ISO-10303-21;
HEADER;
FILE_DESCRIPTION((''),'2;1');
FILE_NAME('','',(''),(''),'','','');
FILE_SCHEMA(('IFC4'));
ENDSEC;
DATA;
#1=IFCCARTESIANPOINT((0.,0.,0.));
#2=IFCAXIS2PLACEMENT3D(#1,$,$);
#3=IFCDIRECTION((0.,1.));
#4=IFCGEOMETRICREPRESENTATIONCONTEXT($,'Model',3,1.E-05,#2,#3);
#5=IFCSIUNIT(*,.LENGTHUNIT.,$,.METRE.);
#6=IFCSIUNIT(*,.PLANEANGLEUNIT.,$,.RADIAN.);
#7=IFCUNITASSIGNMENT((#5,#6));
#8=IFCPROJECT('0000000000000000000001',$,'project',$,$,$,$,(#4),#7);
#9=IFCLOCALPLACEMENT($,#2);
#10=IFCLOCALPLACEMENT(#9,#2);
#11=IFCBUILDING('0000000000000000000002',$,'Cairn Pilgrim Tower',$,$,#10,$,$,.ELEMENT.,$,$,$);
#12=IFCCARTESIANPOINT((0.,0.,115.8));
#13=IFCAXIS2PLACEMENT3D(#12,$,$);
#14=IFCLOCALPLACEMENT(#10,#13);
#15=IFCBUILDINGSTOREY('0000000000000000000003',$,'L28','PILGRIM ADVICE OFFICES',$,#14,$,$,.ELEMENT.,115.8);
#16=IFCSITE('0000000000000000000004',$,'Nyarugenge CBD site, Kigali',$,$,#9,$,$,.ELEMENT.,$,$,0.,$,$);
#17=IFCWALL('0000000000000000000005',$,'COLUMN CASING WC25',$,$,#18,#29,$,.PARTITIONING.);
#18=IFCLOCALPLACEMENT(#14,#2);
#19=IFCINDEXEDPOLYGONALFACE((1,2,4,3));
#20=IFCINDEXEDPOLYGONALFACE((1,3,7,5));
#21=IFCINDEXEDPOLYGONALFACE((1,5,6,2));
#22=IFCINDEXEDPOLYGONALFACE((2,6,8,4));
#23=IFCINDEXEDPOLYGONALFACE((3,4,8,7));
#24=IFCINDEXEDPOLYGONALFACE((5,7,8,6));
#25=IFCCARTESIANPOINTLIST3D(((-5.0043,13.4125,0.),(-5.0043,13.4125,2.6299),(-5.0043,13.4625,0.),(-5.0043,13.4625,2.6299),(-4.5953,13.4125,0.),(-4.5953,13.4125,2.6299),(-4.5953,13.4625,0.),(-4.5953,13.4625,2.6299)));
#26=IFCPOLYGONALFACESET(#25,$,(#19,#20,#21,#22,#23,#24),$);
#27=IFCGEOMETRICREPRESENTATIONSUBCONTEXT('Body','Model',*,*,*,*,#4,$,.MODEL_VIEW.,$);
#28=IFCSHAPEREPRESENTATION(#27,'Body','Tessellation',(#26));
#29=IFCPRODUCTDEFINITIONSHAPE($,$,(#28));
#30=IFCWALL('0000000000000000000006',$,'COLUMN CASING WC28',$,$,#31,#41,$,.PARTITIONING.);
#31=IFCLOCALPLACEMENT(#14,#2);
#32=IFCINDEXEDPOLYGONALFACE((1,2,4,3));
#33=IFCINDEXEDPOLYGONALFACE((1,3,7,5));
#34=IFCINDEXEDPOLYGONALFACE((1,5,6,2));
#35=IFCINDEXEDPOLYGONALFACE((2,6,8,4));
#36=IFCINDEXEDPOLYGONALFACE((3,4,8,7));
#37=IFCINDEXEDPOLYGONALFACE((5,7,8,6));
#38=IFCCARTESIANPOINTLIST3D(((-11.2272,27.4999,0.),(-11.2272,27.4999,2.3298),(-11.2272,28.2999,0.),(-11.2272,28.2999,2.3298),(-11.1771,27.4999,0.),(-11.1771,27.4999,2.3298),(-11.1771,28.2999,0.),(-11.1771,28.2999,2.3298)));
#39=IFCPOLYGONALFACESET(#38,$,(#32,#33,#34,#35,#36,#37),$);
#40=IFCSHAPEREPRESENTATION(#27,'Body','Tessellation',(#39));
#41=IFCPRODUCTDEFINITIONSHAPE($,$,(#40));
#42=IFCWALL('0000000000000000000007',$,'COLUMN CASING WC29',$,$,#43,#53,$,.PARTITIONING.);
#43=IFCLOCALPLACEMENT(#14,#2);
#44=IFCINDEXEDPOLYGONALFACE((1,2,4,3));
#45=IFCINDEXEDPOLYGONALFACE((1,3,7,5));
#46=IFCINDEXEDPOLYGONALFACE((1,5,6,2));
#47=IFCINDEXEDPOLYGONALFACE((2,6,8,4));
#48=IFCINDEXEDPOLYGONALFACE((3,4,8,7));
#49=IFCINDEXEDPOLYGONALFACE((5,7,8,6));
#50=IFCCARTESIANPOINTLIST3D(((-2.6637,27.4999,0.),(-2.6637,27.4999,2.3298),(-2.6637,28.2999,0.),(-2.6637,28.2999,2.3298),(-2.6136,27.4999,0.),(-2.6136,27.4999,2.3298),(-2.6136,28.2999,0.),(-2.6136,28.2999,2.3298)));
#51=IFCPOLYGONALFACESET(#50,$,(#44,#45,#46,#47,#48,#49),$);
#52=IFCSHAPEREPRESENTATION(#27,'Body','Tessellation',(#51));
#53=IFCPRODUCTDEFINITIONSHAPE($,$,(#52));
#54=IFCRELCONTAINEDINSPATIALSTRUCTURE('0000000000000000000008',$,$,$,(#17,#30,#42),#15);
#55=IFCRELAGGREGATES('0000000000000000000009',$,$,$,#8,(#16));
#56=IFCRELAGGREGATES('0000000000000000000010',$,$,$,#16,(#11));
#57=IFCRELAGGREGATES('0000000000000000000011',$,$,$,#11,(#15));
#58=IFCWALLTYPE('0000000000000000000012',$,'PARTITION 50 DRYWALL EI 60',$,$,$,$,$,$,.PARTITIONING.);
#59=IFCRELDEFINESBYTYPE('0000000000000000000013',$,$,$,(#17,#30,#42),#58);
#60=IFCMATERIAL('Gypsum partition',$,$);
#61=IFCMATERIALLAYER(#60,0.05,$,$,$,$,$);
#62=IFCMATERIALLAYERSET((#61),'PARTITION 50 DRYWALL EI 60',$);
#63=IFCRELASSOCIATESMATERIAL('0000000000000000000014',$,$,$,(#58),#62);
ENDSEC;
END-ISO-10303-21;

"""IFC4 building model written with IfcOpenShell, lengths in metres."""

from ifc_helpers import new_model, si_unit, direction, frame, frame_2d, origin, place, context, subcontext, project, spatial, rectangle, extrude, material, layer, layer_set, type_object, element, save


model = new_model("IFC4")

# Units and contexts
model_context = context("Model", 3, precision=1e-05, world=origin(), true_north=direction((0.0, 1.0)))
body_context = subcontext(model_context, "Body", "Model", "MODEL_VIEW")
ifc_project = project(units=[si_unit("LENGTHUNIT", "METRE"), si_unit("PLANEANGLEUNIT", "RADIAN")], contexts=[model_context])

# Site, building, storey
site_placement = place(None, origin())
site = spatial("IfcSite", under=ifc_project, at=site_placement, Name="Nyarugenge CBD site, Kigali", CompositionType="ELEMENT", RefElevation=0.0)
building_placement = place(site_placement, origin())
building = spatial("IfcBuilding", under=site, at=building_placement, Name="Cairn Pilgrim Tower", CompositionType="ELEMENT")
storey_placement = place(building_placement, frame((0.0, 0.0, 115.8)))
storey = spatial("IfcBuildingStorey", under=building, at=storey_placement, Name="L28", Description="PILGRIM ADVICE OFFICES", CompositionType="ELEMENT", Elevation=115.8)

# Walls
ifc_material_1 = material(Name="Gypsum partition")
ifc_layer_1 = layer(ifc_material_1, 0.05)
ifc_layer_set_1 = layer_set([ifc_layer_1], Name="PARTITION 50 DRYWALL EI 60")
wall_type_1 = type_object("IfcWallType", Name="PARTITION 50 DRYWALL EI 60", PredefinedType="PARTITIONING", material=ifc_layer_set_1)
wall_1_placement = place(storey_placement, frame((-5.0044, 13.4375, 0.0), z_axis=(0.0, 0.0, 1.0), x_axis=(1.0, 0.0, 0.0)))
element("IfcWall", 1, at=wall_1_placement, inside=storey, type_object=wall_type_1, Name="COLUMN CASING WC25", PredefinedType="PARTITIONING", context=body_context, shape_type="SweptSolid", body=[
    extrude(rectangle(XDim=0.4089, YDim=0.05, at=frame_2d((0.2046, 0.0))), origin(), (0.0, 0.0, 1.0), 2.6299),
])
for number, where, z_axis, x_axis, name in (
    (2, (-11.2021, 27.5, 0.0), (0.0, 0.0, 1.0), (0.0, 1.0, 0.0), "COLUMN CASING WC28"),
    (3, (-2.6387, 27.5, 0.0), (0.0, 0.0, 1.0), (0.0, 1.0, 0.0), "COLUMN CASING WC29"),
):
    element("IfcWall", number, at=place(storey_placement, frame(where, z_axis=z_axis, x_axis=x_axis)), inside=storey, type_object=wall_type_1, Name=name, PredefinedType="PARTITIONING", context=body_context, shape_type="SweptSolid", body=[
        extrude(rectangle(XDim=0.8, YDim=0.05, at=frame_2d((0.3999, 0.0))), origin(), (0.0, 0.0, 1.0), 2.3298),
    ])

save(model, "model.ifc")
